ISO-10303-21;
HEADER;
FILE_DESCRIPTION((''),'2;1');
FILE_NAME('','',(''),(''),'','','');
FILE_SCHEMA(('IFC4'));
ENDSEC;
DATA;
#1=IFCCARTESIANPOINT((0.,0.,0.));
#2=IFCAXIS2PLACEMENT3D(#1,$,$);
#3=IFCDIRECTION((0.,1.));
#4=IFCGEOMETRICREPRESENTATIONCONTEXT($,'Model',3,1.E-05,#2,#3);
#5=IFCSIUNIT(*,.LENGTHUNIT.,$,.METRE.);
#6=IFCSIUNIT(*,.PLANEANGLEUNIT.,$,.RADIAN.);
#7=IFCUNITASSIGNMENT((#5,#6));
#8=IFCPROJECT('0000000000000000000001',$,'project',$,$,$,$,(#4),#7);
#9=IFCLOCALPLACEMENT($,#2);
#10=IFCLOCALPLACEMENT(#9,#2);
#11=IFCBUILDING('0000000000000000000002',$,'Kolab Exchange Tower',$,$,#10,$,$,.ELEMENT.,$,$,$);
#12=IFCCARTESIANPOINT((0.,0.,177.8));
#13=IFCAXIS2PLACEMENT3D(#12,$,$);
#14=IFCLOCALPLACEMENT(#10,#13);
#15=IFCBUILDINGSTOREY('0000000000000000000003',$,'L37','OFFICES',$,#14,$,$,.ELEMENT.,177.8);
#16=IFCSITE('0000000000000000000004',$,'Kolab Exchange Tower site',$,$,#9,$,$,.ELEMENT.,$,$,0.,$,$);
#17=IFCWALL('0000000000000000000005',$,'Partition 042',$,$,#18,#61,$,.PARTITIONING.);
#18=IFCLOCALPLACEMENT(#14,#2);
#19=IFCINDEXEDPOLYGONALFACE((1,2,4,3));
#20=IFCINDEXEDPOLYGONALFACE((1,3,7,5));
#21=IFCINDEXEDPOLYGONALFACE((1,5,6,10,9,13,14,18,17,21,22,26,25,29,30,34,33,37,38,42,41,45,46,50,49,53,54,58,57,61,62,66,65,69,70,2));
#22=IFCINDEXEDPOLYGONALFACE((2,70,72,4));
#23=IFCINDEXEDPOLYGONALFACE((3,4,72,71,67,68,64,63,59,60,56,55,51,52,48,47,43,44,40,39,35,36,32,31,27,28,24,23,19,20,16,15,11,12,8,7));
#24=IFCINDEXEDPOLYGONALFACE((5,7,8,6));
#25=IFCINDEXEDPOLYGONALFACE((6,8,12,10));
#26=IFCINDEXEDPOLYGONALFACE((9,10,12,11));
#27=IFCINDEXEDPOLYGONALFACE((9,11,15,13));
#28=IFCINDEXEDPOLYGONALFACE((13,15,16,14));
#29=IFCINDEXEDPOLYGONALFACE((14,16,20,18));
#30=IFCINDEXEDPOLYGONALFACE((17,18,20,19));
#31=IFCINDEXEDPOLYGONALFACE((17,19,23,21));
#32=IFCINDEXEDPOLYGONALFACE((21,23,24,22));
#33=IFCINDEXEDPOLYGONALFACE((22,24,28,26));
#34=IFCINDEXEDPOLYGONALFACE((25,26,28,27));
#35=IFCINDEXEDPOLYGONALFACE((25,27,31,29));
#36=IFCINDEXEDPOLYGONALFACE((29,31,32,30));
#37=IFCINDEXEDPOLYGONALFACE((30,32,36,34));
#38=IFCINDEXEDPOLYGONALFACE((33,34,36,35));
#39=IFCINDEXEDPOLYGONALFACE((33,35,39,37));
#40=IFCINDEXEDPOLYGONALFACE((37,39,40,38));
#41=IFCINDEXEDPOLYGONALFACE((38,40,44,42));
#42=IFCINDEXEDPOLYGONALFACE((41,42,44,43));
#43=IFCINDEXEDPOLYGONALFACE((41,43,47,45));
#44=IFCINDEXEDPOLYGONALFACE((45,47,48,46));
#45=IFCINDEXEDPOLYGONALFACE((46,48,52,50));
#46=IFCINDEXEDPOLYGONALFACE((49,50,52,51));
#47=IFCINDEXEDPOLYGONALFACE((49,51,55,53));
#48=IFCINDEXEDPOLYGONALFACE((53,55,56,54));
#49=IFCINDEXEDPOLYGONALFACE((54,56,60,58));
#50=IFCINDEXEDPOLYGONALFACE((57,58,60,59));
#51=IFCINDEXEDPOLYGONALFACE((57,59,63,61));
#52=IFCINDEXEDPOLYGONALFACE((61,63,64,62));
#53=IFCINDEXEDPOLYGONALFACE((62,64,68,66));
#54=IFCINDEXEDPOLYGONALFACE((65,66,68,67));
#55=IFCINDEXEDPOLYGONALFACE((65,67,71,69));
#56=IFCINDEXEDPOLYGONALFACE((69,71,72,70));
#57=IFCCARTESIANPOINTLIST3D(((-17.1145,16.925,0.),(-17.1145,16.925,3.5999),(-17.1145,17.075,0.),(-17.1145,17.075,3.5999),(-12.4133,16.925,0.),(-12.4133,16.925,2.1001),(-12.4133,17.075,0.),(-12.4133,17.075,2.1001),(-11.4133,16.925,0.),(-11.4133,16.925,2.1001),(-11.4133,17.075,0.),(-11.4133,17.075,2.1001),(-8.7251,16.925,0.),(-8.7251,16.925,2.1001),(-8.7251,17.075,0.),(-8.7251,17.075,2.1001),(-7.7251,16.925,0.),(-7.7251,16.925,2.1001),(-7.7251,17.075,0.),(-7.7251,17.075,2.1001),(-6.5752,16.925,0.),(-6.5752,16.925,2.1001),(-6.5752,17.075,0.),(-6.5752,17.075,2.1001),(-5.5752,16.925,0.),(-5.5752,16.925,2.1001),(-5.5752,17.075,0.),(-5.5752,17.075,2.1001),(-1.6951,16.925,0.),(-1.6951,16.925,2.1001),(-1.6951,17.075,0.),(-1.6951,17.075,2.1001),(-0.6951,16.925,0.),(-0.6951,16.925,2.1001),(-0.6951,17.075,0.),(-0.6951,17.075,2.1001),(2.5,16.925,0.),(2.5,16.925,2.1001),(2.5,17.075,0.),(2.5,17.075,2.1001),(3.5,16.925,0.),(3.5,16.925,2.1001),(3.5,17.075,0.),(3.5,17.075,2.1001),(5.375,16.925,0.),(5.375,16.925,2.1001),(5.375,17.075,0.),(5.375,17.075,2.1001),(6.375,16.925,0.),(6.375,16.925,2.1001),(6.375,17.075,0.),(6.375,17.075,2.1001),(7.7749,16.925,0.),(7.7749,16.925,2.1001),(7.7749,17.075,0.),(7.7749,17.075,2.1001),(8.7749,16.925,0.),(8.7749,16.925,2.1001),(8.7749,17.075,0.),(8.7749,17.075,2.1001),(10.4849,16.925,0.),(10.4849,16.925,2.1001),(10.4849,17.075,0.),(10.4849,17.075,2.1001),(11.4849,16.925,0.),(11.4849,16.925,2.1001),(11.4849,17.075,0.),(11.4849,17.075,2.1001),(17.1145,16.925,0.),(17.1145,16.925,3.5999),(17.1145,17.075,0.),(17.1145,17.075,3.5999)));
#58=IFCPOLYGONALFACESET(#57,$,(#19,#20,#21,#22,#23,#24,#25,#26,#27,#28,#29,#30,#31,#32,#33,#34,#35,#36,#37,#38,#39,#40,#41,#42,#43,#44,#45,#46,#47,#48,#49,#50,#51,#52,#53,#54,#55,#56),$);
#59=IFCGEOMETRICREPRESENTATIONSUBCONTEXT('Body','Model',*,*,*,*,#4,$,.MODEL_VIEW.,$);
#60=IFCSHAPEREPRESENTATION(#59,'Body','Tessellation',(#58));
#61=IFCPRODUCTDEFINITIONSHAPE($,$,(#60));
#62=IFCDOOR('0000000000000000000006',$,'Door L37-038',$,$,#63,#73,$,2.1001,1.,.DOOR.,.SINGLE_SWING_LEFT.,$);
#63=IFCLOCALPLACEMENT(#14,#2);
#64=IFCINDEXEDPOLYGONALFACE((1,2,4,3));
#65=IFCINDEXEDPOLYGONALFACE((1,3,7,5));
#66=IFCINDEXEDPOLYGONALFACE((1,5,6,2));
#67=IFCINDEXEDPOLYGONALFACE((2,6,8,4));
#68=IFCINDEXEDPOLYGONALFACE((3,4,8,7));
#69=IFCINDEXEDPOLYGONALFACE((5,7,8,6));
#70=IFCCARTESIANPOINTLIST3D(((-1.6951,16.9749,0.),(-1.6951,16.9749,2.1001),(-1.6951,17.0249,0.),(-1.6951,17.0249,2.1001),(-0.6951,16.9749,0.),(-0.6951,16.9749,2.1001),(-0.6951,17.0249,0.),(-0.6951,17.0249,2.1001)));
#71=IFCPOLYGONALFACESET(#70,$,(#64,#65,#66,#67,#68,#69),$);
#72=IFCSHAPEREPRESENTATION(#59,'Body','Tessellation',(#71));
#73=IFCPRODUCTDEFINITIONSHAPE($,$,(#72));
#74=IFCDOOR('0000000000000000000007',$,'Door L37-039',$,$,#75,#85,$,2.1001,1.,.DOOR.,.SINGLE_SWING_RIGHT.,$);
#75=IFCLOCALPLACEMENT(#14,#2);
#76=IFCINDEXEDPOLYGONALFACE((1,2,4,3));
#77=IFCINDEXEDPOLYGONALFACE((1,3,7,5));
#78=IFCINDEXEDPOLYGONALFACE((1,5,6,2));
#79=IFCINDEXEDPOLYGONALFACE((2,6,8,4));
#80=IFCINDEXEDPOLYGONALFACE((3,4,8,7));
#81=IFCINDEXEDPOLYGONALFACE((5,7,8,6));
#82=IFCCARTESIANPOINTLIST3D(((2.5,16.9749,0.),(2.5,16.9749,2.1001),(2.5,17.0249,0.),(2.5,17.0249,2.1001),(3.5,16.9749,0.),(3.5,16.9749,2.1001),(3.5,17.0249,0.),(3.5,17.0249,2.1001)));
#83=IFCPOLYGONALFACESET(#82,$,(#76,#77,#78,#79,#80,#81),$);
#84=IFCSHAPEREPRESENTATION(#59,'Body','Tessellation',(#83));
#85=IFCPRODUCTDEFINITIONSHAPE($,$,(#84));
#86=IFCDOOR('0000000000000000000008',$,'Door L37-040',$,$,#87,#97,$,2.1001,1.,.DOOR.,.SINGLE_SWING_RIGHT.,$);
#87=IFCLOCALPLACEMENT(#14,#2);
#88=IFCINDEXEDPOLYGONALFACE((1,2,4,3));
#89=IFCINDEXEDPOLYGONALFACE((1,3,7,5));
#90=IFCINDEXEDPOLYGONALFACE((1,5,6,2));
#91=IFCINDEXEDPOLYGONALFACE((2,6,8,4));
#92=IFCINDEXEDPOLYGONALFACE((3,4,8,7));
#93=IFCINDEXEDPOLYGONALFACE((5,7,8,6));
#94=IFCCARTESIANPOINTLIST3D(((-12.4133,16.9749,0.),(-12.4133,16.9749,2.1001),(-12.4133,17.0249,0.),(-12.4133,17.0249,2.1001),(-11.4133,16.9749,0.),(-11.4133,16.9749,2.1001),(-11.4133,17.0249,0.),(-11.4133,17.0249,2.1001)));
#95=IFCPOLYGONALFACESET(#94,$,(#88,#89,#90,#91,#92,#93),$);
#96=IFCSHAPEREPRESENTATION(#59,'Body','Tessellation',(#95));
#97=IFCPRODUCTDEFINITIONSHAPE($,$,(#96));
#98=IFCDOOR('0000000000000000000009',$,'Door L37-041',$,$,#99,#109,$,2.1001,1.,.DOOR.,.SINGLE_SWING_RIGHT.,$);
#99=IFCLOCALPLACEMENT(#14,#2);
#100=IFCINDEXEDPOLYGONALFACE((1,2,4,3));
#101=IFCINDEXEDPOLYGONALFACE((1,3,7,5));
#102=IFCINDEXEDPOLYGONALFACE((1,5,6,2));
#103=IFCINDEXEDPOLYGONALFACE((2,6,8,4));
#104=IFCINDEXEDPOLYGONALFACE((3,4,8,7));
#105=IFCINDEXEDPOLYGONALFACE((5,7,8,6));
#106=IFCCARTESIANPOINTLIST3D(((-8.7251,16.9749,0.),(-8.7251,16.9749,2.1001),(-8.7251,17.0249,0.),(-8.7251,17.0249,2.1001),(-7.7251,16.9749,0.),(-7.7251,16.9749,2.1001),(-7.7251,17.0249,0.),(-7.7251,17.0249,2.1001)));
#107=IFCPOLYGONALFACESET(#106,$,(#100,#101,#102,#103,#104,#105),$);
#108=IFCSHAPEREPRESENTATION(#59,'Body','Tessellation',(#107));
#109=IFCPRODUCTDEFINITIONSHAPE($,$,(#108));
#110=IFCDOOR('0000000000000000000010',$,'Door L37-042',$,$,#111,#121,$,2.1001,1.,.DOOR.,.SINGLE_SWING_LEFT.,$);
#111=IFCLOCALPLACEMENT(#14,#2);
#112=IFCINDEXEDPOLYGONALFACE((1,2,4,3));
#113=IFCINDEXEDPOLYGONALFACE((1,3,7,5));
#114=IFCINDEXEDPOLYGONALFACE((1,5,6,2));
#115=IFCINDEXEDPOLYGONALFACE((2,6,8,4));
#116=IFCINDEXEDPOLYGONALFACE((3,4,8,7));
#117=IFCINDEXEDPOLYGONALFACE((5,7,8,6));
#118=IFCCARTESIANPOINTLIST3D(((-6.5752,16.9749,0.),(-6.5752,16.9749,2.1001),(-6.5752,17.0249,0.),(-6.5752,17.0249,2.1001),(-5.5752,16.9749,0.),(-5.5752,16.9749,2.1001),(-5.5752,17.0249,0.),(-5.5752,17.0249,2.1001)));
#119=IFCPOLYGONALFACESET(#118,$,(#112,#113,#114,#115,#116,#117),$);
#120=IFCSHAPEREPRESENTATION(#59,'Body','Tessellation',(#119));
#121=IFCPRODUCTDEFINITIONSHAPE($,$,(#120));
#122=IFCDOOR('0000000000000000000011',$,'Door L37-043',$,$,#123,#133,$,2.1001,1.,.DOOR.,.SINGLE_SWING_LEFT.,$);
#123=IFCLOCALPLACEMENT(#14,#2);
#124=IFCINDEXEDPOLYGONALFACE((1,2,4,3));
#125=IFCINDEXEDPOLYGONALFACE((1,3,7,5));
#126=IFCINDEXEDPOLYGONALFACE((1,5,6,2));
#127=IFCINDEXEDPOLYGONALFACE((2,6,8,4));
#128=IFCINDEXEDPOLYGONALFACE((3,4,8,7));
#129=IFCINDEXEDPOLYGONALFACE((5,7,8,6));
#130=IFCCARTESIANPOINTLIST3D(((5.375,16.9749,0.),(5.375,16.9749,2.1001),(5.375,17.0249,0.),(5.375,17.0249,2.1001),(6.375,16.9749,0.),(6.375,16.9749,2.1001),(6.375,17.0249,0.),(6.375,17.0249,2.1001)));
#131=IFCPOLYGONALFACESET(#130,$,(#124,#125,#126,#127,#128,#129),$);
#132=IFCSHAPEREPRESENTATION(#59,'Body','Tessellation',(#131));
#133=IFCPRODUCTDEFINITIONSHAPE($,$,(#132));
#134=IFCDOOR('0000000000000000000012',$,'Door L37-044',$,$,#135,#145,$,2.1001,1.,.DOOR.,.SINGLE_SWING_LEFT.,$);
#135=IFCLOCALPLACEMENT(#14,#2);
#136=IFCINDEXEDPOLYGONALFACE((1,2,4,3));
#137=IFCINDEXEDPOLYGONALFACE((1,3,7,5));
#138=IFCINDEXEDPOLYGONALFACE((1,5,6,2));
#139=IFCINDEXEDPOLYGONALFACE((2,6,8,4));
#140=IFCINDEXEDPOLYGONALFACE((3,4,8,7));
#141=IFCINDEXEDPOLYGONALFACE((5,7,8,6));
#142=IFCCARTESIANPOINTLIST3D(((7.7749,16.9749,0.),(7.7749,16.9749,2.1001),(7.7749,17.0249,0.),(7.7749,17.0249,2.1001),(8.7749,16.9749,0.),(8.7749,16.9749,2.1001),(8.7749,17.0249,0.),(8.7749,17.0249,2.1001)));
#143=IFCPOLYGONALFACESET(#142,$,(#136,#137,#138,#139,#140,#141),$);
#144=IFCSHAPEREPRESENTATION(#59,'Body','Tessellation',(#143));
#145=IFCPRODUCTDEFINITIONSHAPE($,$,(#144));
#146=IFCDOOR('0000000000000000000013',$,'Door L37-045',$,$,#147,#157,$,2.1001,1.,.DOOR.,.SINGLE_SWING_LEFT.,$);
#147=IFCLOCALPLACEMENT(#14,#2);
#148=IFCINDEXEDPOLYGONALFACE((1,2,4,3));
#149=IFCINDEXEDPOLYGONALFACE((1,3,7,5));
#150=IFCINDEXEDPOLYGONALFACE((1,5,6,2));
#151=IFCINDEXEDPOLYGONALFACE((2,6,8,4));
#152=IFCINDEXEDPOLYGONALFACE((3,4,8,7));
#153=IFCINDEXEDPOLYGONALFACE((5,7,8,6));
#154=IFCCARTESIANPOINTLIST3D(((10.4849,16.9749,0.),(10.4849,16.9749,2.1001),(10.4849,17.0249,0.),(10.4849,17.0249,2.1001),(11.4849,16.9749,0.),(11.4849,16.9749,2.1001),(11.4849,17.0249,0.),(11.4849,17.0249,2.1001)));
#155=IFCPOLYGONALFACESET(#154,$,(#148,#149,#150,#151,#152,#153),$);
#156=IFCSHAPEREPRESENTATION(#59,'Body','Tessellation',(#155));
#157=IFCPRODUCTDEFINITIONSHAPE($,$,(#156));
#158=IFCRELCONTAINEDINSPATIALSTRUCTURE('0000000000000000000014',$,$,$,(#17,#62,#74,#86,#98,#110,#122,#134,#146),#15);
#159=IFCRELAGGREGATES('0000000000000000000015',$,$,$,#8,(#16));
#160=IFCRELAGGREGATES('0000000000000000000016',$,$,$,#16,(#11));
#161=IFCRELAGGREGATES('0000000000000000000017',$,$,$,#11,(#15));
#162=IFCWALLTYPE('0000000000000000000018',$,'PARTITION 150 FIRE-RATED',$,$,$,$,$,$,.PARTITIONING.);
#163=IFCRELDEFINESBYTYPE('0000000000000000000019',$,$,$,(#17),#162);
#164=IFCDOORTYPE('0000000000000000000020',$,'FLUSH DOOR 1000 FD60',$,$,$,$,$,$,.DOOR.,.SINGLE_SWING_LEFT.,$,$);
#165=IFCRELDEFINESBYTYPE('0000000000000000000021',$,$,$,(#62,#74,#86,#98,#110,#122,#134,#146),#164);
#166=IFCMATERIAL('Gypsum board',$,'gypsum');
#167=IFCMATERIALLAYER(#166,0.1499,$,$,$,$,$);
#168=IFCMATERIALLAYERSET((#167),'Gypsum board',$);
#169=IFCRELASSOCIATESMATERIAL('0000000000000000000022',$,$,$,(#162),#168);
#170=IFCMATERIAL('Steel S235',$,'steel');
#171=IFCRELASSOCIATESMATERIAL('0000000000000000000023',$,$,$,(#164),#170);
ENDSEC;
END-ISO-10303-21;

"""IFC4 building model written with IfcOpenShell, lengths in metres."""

from ifc_helpers import new_model, si_unit, direction, frame, frame_2d, origin, place, context, subcontext, project, spatial, rectangle, extrude, material, layer, layer_set, type_object, element, fill, save


model = new_model("IFC4")

# Units and contexts
model_context = context("Model", 3, precision=1e-05, world=origin(), true_north=direction((0.0, 1.0)))
body_context = subcontext(model_context, "Body", "Model", "MODEL_VIEW")
ifc_project = project(units=[si_unit("LENGTHUNIT", "METRE"), si_unit("PLANEANGLEUNIT", "RADIAN")], contexts=[model_context])

# Site, building, storey
site_placement = place(None, origin())
site = spatial("IfcSite", under=ifc_project, at=site_placement, Name="Kolab Exchange Tower site", CompositionType="ELEMENT", RefElevation=0.0)
building_placement = place(site_placement, origin())
building = spatial("IfcBuilding", under=site, at=building_placement, Name="Kolab Exchange Tower", CompositionType="ELEMENT")
storey_placement = place(building_placement, frame((0.0, 0.0, 177.8)))
storey = spatial("IfcBuildingStorey", under=building, at=storey_placement, Name="L37", Description="OFFICES", CompositionType="ELEMENT", Elevation=177.8)

# Wall, openings, doors
ifc_material_1 = material(Name="Gypsum board", Category="gypsum")
ifc_layer_1 = layer(ifc_material_1, 0.1499)
ifc_layer_set_1 = layer_set([ifc_layer_1], Name="Gypsum board")
wall_type = type_object("IfcWallType", Name="PARTITION 150 FIRE-RATED", PredefinedType="PARTITIONING", material=ifc_layer_set_1)
wall_placement = place(storey_placement, frame((-17.1145, 17.0, 0.0), z_axis=(0.0, 0.0, 1.0), x_axis=(1.0, 0.0, 0.0)))
wall = element("IfcWall", 1, at=wall_placement, inside=storey, type_object=wall_type, Name="Partition 042", PredefinedType="PARTITIONING", context=body_context, shape_type="SweptSolid", body=[
    extrude(rectangle(XDim=34.229, YDim=0.1499, at=frame_2d((17.1145, 0.0))), origin(), (0.0, 0.0, 1.0), 3.5999),
])
opening_1_placement = place(wall_placement, frame((15.4194, 0.0, 0.0)))
opening_1 = element("IfcOpeningElement", 2, at=opening_1_placement, cuts=wall, PredefinedType="OPENING", context=body_context, shape_type="SweptSolid", body=[
    extrude(rectangle(XDim=1.0, YDim=2.1001, at=frame_2d((0.5, 1.05))), frame((0.0, 0.085, 0.0), z_axis=(0.0, -1.0, 0.0), x_axis=(1.0, 0.0, 0.0)), (0.0, 0.0, 1.0), 0.1699),
])
opening_2_placement = place(wall_placement, frame((19.6145, 0.0, 0.0)))
opening_2 = element("IfcOpeningElement", 3, at=opening_2_placement, cuts=wall, PredefinedType="OPENING", context=body_context, shape_type="SweptSolid", body=[
    extrude(rectangle(XDim=1.0, YDim=2.1001, at=frame_2d((0.5, 1.05))), frame((0.0, 0.085, 0.0), z_axis=(0.0, -1.0, 0.0), x_axis=(1.0, 0.0, 0.0)), (0.0, 0.0, 1.0), 0.1699),
])
opening_3_placement = place(wall_placement, frame((4.7012, 0.0, 0.0)))
opening_3 = element("IfcOpeningElement", 4, at=opening_3_placement, cuts=wall, PredefinedType="OPENING", context=body_context, shape_type="SweptSolid", body=[
    extrude(rectangle(XDim=1.0, YDim=2.1001, at=frame_2d((0.5, 1.05))), frame((0.0, 0.085, 0.0), z_axis=(0.0, -1.0, 0.0), x_axis=(1.0, 0.0, 0.0)), (0.0, 0.0, 1.0), 0.1699),
])
opening_4_placement = place(wall_placement, frame((8.3894, 0.0, 0.0)))
opening_4 = element("IfcOpeningElement", 5, at=opening_4_placement, cuts=wall, PredefinedType="OPENING", context=body_context, shape_type="SweptSolid", body=[
    extrude(rectangle(XDim=1.0, YDim=2.1001, at=frame_2d((0.5, 1.05))), frame((0.0, 0.085, 0.0), z_axis=(0.0, -1.0, 0.0), x_axis=(1.0, 0.0, 0.0)), (0.0, 0.0, 1.0), 0.1699),
])
opening_5_placement = place(wall_placement, frame((10.5393, 0.0, 0.0)))
opening_5 = element("IfcOpeningElement", 6, at=opening_5_placement, cuts=wall, PredefinedType="OPENING", context=body_context, shape_type="SweptSolid", body=[
    extrude(rectangle(XDim=1.0, YDim=2.1001, at=frame_2d((0.5, 1.05))), frame((0.0, 0.085, 0.0), z_axis=(0.0, -1.0, 0.0), x_axis=(1.0, 0.0, 0.0)), (0.0, 0.0, 1.0), 0.1699),
])
opening_6_placement = place(wall_placement, frame((22.4895, 0.0, 0.0)))
opening_6 = element("IfcOpeningElement", 7, at=opening_6_placement, cuts=wall, PredefinedType="OPENING", context=body_context, shape_type="SweptSolid", body=[
    extrude(rectangle(XDim=1.0, YDim=2.1001, at=frame_2d((0.5, 1.05))), frame((0.0, 0.085, 0.0), z_axis=(0.0, -1.0, 0.0), x_axis=(1.0, 0.0, 0.0)), (0.0, 0.0, 1.0), 0.1699),
])
opening_7_placement = place(wall_placement, frame((24.8894, 0.0, 0.0)))
opening_7 = element("IfcOpeningElement", 8, at=opening_7_placement, cuts=wall, PredefinedType="OPENING", context=body_context, shape_type="SweptSolid", body=[
    extrude(rectangle(XDim=1.0, YDim=2.1001, at=frame_2d((0.5, 1.05))), frame((0.0, 0.085, 0.0), z_axis=(0.0, -1.0, 0.0), x_axis=(1.0, 0.0, 0.0)), (0.0, 0.0, 1.0), 0.1699),
])
opening_8_placement = place(wall_placement, frame((27.5994, 0.0, 0.0)))
opening_8 = element("IfcOpeningElement", 9, at=opening_8_placement, cuts=wall, PredefinedType="OPENING", context=body_context, shape_type="SweptSolid", body=[
    extrude(rectangle(XDim=1.0, YDim=2.1001, at=frame_2d((0.5, 1.05))), frame((0.0, 0.085, 0.0), z_axis=(0.0, -1.0, 0.0), x_axis=(1.0, 0.0, 0.0)), (0.0, 0.0, 1.0), 0.1699),
])
ifc_material_2 = material(Name="Steel S235", Category="steel")
door_type = type_object("IfcDoorType", Name="FLUSH DOOR 1000 FD60", OperationType="SINGLE_SWING_LEFT", PredefinedType="DOOR", material=ifc_material_2)
door_1_placement = place(opening_1_placement, origin())
door_1 = element("IfcDoor", 10, at=door_1_placement, inside=storey, type_object=door_type, Name="Door L37-038", OperationType="SINGLE_SWING_LEFT", OverallHeight=2.1001, OverallWidth=1.0, PredefinedType="DOOR", context=body_context, shape_type="SweptSolid", body=[
    extrude(rectangle(XDim=1.0, YDim=2.1001, at=frame_2d((0.5, 1.05))), frame((0.0, 0.0249, 0.0), z_axis=(0.0, -1.0, 0.0), x_axis=(1.0, 0.0, 0.0)), (0.0, 0.0, 1.0), 0.05),
])
fill(opening_1, door_1)
door_2_placement = place(opening_2_placement, origin())
door_2 = element("IfcDoor", 11, at=door_2_placement, inside=storey, type_object=door_type, Name="Door L37-039", OperationType="SINGLE_SWING_RIGHT", OverallHeight=2.1001, OverallWidth=1.0, PredefinedType="DOOR", context=body_context, shape_type="SweptSolid", body=[
    extrude(rectangle(XDim=1.0, YDim=2.1001, at=frame_2d((0.5, 1.05))), frame((0.0, 0.0249, 0.0), z_axis=(0.0, -1.0, 0.0), x_axis=(1.0, 0.0, 0.0)), (0.0, 0.0, 1.0), 0.05),
])
fill(opening_2, door_2)
door_3_placement = place(opening_3_placement, origin())
door_3 = element("IfcDoor", 12, at=door_3_placement, inside=storey, type_object=door_type, Name="Door L37-040", OperationType="SINGLE_SWING_RIGHT", OverallHeight=2.1001, OverallWidth=1.0, PredefinedType="DOOR", context=body_context, shape_type="SweptSolid", body=[
    extrude(rectangle(XDim=1.0, YDim=2.1001, at=frame_2d((0.5, 1.05))), frame((0.0, 0.0249, 0.0), z_axis=(0.0, -1.0, 0.0), x_axis=(1.0, 0.0, 0.0)), (0.0, 0.0, 1.0), 0.05),
])
fill(opening_3, door_3)
door_4_placement = place(opening_4_placement, origin())
door_4 = element("IfcDoor", 13, at=door_4_placement, inside=storey, type_object=door_type, Name="Door L37-041", OperationType="SINGLE_SWING_RIGHT", OverallHeight=2.1001, OverallWidth=1.0, PredefinedType="DOOR", context=body_context, shape_type="SweptSolid", body=[
    extrude(rectangle(XDim=1.0, YDim=2.1001, at=frame_2d((0.5, 1.05))), frame((0.0, 0.0249, 0.0), z_axis=(0.0, -1.0, 0.0), x_axis=(1.0, 0.0, 0.0)), (0.0, 0.0, 1.0), 0.05),
])
fill(opening_4, door_4)
door_5_placement = place(opening_5_placement, origin())
door_5 = element("IfcDoor", 14, at=door_5_placement, inside=storey, type_object=door_type, Name="Door L37-042", OperationType="SINGLE_SWING_LEFT", OverallHeight=2.1001, OverallWidth=1.0, PredefinedType="DOOR", context=body_context, shape_type="SweptSolid", body=[
    extrude(rectangle(XDim=1.0, YDim=2.1001, at=frame_2d((0.5, 1.05))), frame((0.0, 0.0249, 0.0), z_axis=(0.0, -1.0, 0.0), x_axis=(1.0, 0.0, 0.0)), (0.0, 0.0, 1.0), 0.05),
])
fill(opening_5, door_5)
door_6_placement = place(opening_6_placement, origin())
door_6 = element("IfcDoor", 15, at=door_6_placement, inside=storey, type_object=door_type, Name="Door L37-043", OperationType="SINGLE_SWING_LEFT", OverallHeight=2.1001, OverallWidth=1.0, PredefinedType="DOOR", context=body_context, shape_type="SweptSolid", body=[
    extrude(rectangle(XDim=1.0, YDim=2.1001, at=frame_2d((0.5, 1.05))), frame((0.0, 0.0249, 0.0), z_axis=(0.0, -1.0, 0.0), x_axis=(1.0, 0.0, 0.0)), (0.0, 0.0, 1.0), 0.05),
])
fill(opening_6, door_6)
door_7_placement = place(opening_7_placement, origin())
door_7 = element("IfcDoor", 16, at=door_7_placement, inside=storey, type_object=door_type, Name="Door L37-044", OperationType="SINGLE_SWING_LEFT", OverallHeight=2.1001, OverallWidth=1.0, PredefinedType="DOOR", context=body_context, shape_type="SweptSolid", body=[
    extrude(rectangle(XDim=1.0, YDim=2.1001, at=frame_2d((0.5, 1.05))), frame((0.0, 0.0249, 0.0), z_axis=(0.0, -1.0, 0.0), x_axis=(1.0, 0.0, 0.0)), (0.0, 0.0, 1.0), 0.05),
])
fill(opening_7, door_7)
door_8_placement = place(opening_8_placement, origin())
door_8 = element("IfcDoor", 17, at=door_8_placement, inside=storey, type_object=door_type, Name="Door L37-045", OperationType="SINGLE_SWING_LEFT", OverallHeight=2.1001, OverallWidth=1.0, PredefinedType="DOOR", context=body_context, shape_type="SweptSolid", body=[
    extrude(rectangle(XDim=1.0, YDim=2.1001, at=frame_2d((0.5, 1.05))), frame((0.0, 0.0249, 0.0), z_axis=(0.0, -1.0, 0.0), x_axis=(1.0, 0.0, 0.0)), (0.0, 0.0, 1.0), 0.05),
])
fill(opening_8, door_8)

save(model, "model.ifc")
